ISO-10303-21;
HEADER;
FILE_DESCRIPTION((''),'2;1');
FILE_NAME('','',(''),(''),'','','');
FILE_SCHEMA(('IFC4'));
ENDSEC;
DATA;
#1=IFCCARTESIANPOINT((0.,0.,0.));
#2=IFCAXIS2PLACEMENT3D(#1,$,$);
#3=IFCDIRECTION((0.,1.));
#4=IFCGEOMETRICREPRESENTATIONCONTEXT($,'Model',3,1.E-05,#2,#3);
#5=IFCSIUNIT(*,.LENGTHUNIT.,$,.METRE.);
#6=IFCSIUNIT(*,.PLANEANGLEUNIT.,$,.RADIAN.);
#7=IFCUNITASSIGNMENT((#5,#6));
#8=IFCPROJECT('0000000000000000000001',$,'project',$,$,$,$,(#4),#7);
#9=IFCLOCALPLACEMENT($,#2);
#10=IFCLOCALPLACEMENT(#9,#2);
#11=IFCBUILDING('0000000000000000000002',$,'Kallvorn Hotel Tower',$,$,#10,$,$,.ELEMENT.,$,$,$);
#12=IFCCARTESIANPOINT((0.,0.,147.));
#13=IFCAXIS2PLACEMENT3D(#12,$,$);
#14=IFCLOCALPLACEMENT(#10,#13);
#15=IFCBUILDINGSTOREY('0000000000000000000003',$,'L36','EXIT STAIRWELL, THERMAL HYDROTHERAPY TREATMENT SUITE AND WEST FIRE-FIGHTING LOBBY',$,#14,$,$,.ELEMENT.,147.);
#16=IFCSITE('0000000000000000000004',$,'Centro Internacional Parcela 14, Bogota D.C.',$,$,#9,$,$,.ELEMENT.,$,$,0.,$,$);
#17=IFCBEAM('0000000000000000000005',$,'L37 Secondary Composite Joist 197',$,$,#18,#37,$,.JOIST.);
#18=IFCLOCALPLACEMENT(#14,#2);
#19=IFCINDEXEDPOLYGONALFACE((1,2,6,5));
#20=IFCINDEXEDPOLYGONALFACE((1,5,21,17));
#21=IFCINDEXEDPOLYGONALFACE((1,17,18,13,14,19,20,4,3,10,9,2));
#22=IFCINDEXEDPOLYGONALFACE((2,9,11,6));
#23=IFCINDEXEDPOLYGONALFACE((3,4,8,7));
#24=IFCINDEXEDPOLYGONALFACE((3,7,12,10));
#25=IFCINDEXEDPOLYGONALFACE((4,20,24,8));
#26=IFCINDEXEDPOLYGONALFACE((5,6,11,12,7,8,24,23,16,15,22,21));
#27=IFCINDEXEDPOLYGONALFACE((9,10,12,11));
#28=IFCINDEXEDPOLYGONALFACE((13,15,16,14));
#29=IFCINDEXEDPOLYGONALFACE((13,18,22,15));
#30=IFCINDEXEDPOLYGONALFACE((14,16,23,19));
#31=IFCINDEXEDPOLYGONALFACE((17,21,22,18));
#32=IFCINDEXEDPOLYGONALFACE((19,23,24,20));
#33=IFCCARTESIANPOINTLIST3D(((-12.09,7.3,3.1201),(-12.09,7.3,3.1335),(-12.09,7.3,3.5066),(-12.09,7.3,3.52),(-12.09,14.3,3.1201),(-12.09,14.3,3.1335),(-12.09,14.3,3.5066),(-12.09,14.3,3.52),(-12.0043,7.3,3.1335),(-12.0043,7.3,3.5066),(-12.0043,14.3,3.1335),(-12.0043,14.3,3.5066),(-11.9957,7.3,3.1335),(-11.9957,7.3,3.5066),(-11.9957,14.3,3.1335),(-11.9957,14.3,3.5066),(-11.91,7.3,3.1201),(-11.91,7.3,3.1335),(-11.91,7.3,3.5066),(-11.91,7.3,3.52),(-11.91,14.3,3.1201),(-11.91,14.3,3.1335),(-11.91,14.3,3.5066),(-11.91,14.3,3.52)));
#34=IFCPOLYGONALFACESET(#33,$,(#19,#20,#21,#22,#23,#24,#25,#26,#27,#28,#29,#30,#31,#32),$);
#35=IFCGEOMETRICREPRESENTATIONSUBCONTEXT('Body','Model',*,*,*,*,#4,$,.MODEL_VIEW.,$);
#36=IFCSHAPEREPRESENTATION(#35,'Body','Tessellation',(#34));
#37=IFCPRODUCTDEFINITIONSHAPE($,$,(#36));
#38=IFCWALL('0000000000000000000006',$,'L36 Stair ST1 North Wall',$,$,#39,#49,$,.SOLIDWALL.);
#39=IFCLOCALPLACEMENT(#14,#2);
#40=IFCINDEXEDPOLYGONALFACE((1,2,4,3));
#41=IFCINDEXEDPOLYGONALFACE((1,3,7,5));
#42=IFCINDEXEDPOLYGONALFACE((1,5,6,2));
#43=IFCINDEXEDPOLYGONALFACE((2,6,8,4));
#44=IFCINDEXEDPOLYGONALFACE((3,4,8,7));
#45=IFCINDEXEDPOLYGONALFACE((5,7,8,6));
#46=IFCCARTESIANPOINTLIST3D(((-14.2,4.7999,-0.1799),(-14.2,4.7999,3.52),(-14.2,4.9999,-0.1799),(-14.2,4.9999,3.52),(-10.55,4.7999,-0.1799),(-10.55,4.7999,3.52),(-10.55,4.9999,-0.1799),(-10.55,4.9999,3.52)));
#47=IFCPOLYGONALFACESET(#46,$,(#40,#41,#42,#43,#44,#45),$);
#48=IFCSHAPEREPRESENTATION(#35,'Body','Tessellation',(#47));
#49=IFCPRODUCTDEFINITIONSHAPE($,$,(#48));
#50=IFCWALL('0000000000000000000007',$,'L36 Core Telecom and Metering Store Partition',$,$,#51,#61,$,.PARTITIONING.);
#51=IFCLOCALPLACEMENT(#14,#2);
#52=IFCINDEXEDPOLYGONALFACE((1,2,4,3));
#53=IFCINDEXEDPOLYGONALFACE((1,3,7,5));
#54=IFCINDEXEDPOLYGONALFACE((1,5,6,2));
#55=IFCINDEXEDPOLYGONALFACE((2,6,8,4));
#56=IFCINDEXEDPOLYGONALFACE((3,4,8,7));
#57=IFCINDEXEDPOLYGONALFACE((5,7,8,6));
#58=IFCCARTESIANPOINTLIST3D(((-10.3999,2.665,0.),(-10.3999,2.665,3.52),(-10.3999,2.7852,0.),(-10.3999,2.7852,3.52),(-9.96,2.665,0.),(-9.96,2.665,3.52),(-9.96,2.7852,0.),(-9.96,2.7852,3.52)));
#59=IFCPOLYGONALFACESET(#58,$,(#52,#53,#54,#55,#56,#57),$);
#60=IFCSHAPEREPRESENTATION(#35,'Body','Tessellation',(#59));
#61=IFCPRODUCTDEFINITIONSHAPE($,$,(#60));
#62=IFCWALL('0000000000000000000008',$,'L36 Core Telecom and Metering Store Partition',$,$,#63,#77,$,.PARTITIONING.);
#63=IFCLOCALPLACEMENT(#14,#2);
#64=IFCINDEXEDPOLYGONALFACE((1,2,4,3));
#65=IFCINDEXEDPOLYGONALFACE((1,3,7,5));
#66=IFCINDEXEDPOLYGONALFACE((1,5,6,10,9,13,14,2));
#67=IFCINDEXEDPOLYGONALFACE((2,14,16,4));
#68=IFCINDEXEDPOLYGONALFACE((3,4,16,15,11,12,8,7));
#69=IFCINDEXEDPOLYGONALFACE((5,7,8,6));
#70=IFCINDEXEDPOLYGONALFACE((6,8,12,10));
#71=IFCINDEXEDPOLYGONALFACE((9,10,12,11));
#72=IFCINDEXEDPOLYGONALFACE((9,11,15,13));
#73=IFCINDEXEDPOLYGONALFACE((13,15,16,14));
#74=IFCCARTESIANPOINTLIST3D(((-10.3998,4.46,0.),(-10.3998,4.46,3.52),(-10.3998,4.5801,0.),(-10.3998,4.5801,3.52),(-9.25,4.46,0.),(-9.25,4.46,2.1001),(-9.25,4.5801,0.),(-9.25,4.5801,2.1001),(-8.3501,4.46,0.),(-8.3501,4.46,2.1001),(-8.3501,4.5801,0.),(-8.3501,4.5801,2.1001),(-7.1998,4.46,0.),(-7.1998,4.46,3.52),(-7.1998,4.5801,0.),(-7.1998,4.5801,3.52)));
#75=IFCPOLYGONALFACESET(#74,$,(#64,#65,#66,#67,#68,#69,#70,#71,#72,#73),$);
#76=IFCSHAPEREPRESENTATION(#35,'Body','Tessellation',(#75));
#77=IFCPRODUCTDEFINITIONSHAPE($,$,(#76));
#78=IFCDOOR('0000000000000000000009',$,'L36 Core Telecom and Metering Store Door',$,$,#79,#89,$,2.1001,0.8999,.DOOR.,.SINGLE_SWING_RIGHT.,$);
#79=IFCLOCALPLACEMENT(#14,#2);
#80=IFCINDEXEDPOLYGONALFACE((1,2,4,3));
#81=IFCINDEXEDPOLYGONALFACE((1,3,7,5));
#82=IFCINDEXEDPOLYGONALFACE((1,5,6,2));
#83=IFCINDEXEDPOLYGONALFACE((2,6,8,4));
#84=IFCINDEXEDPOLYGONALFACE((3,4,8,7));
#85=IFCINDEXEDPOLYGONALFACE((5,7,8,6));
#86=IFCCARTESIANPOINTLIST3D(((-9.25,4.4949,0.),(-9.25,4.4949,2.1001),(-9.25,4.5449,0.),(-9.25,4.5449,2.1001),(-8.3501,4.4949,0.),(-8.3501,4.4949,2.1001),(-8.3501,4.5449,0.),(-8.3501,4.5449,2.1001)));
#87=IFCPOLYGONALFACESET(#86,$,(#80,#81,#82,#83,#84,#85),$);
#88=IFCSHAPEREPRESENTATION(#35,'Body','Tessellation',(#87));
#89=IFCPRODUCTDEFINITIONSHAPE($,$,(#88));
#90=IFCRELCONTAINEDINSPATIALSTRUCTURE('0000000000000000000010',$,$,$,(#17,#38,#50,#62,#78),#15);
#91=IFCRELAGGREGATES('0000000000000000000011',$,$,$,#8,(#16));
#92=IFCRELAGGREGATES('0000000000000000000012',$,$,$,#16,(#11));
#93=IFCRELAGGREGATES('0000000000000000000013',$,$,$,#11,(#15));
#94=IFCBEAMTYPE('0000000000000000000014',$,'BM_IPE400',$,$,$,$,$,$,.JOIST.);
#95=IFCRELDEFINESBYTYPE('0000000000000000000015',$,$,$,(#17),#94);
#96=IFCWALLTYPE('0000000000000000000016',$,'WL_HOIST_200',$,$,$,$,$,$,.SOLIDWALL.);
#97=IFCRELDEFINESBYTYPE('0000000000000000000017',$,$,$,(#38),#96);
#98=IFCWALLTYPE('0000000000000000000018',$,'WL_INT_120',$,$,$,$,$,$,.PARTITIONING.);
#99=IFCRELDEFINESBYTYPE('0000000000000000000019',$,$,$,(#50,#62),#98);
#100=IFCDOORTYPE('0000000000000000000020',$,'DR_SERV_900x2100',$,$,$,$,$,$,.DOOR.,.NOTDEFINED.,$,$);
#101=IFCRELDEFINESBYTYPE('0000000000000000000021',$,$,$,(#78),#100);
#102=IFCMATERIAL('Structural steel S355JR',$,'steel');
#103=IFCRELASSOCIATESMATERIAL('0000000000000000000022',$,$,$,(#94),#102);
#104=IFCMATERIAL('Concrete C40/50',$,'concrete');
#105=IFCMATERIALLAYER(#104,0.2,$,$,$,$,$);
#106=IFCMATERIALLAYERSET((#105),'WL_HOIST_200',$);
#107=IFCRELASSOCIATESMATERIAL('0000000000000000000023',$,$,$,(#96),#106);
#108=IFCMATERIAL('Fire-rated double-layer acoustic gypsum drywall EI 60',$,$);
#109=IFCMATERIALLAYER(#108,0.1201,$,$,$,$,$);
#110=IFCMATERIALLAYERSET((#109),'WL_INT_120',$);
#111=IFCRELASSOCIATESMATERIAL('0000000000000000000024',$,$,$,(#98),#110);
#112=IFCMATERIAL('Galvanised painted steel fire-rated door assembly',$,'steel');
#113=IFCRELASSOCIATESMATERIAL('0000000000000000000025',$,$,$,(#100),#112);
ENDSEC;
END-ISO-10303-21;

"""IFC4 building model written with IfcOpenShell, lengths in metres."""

from ifc_helpers import new_model, si_unit, direction, frame, frame_2d, origin, origin_2d, place, context, subcontext, project, spatial, rectangle, i_section, extrude, material, layer, layer_set, material_profile, profile_set, type_object, element, fill, save


model = new_model("IFC4")

# Units and contexts
model_context = context("Model", 3, precision=1e-05, world=origin(), true_north=direction((0.0, 1.0)))
body_context = subcontext(model_context, "Body", "Model", "MODEL_VIEW")
ifc_project = project(units=[si_unit("LENGTHUNIT", "METRE"), si_unit("PLANEANGLEUNIT", "RADIAN")], contexts=[model_context])

# Site, building, storey
site_placement = place(None, origin())
site = spatial("IfcSite", under=ifc_project, at=site_placement, Name="Centro Internacional Parcela 14, Bogota D.C.", CompositionType="ELEMENT", RefElevation=0.0)
building_placement = place(site_placement, origin())
building = spatial("IfcBuilding", under=site, at=building_placement, Name="Kallvorn Hotel Tower", CompositionType="ELEMENT")
storey_placement = place(building_placement, frame((0.0, 0.0, 147.0)))
storey = spatial("IfcBuildingStorey", under=building, at=storey_placement, Name="L36", Description="EXIT STAIRWELL, THERMAL HYDROTHERAPY TREATMENT SUITE AND WEST FIRE-FIGHTING LOBBY", CompositionType="ELEMENT", Elevation=147.0)

# Beam
ifc_material_1 = material(Name="Structural steel S355JR", Category="steel")
ifc_material_profile_1 = material_profile(ifc_material_1, i_section(OverallWidth=0.1799, OverallDepth=0.3999, WebThickness=0.0085, FlangeThickness=0.0134, at=origin_2d()), Name="IPE 400")
ifc_profile_set_1 = profile_set([ifc_material_profile_1], Name="Structural steel S355JR")
beam_type_1 = type_object("IfcBeamType", Name="BM_IPE400", PredefinedType="JOIST", material=ifc_profile_set_1)
for number, where, z_axis, x_axis, name in (
    (1, (-12.0, 7.3, 3.3201), (0.0, 1.0, 0.0), (-1.0, 0.0, 0.0), "L37 Secondary Composite Joist 197"),
):
    element("IfcBeam", number, at=place(storey_placement, frame(where, z_axis=z_axis, x_axis=x_axis)), inside=storey, type_object=beam_type_1, Name=name, PredefinedType="JOIST", context=body_context, shape_type="SweptSolid", body=[
        extrude(i_section(OverallWidth=0.1799, OverallDepth=0.3999, WebThickness=0.0085, FlangeThickness=0.0134, at=origin_2d()), origin(), (0.0, 0.0, 1.0), 7.0),
    ])

# Walls
ifc_material_2 = material(Name="Concrete C40/50", Category="concrete")
ifc_layer_1 = layer(ifc_material_2, 0.2)
ifc_layer_set_1 = layer_set([ifc_layer_1], Name="WL_HOIST_200")
wall_type_1 = type_object("IfcWallType", Name="WL_HOIST_200", PredefinedType="SOLIDWALL", material=ifc_layer_set_1)
wall_1_placement = place(storey_placement, frame((-14.2, 4.8999, -0.1799), z_axis=(0.0, 0.0, 1.0), x_axis=(1.0, 0.0, 0.0)))
element("IfcWall", 2, at=wall_1_placement, inside=storey, type_object=wall_type_1, Name="L36 Stair ST1 North Wall", PredefinedType="SOLIDWALL", context=body_context, shape_type="SweptSolid", body=[
    extrude(rectangle(XDim=3.6499, YDim=0.2, at=frame_2d((1.825, 0.0))), origin(), (0.0, 0.0, 1.0), 3.7),
])
ifc_material_3 = material(Name="Fire-rated double-layer acoustic gypsum drywall EI 60")
ifc_layer_2 = layer(ifc_material_3, 0.1201)
ifc_layer_set_2 = layer_set([ifc_layer_2], Name="WL_INT_120")
wall_type_2 = type_object("IfcWallType", Name="WL_INT_120", PredefinedType="PARTITIONING", material=ifc_layer_set_2)
wall_2_placement = place(storey_placement, frame((-10.3999, 2.7251, 0.0), z_axis=(0.0, 0.0, 1.0), x_axis=(1.0, 0.0, 0.0)))
element("IfcWall", 3, at=wall_2_placement, inside=storey, type_object=wall_type_2, Name="L36 Core Telecom and Metering Store Partition", PredefinedType="PARTITIONING", context=body_context, shape_type="SweptSolid", body=[
    extrude(rectangle(XDim=0.4399, YDim=0.1201, at=frame_2d((0.22, 0.0))), origin(), (0.0, 0.0, 1.0), 3.52),
])

# Wall, opening, door
wall_3_placement = place(storey_placement, frame((-10.3999, 4.52, 0.0), z_axis=(0.0, 0.0, 1.0), x_axis=(1.0, 0.0, 0.0)))
wall_3 = element("IfcWall", 4, at=wall_3_placement, inside=storey, type_object=wall_type_2, Name="L36 Core Telecom and Metering Store Partition", PredefinedType="PARTITIONING", context=body_context, shape_type="SweptSolid", body=[
    extrude(rectangle(XDim=3.2, YDim=0.1201, at=frame_2d((1.6001, 0.0))), origin(), (0.0, 0.0, 1.0), 3.52),
])
opening_1_placement = place(wall_3_placement, frame((1.1499, 0.0, 0.0)))
opening_1 = element("IfcOpeningElement", 5, at=opening_1_placement, cuts=wall_3, PredefinedType="OPENING", context=body_context, shape_type="SweptSolid", body=[
    extrude(rectangle(XDim=0.8999, YDim=2.1001, at=frame_2d((0.45, 1.05))), frame((0.0, 0.075, 0.0), z_axis=(0.0, -1.0, 0.0), x_axis=(1.0, 0.0, 0.0)), (0.0, 0.0, 1.0), 0.1501),
])
ifc_material_4 = material(Name="Galvanised painted steel fire-rated door assembly", Category="steel")
door_type_1 = type_object("IfcDoorType", Name="DR_SERV_900x2100", OperationType="NOTDEFINED", PredefinedType="DOOR", material=ifc_material_4)
door_1_placement = place(opening_1_placement, origin())
door_1 = element("IfcDoor", 6, at=door_1_placement, inside=storey, type_object=door_type_1, Name="L36 Core Telecom and Metering Store Door", OperationType="SINGLE_SWING_RIGHT", OverallHeight=2.1001, OverallWidth=0.8999, PredefinedType="DOOR", context=body_context, shape_type="SweptSolid", body=[
    extrude(rectangle(XDim=0.8999, YDim=2.1001, at=frame_2d((0.45, 1.05))), frame((0.0, 0.0249, 0.0), z_axis=(0.0, -1.0, 0.0), x_axis=(1.0, 0.0, 0.0)), (0.0, 0.0, 1.0), 0.05),
])
fill(opening_1, door_1)

save(model, "model.ifc")
